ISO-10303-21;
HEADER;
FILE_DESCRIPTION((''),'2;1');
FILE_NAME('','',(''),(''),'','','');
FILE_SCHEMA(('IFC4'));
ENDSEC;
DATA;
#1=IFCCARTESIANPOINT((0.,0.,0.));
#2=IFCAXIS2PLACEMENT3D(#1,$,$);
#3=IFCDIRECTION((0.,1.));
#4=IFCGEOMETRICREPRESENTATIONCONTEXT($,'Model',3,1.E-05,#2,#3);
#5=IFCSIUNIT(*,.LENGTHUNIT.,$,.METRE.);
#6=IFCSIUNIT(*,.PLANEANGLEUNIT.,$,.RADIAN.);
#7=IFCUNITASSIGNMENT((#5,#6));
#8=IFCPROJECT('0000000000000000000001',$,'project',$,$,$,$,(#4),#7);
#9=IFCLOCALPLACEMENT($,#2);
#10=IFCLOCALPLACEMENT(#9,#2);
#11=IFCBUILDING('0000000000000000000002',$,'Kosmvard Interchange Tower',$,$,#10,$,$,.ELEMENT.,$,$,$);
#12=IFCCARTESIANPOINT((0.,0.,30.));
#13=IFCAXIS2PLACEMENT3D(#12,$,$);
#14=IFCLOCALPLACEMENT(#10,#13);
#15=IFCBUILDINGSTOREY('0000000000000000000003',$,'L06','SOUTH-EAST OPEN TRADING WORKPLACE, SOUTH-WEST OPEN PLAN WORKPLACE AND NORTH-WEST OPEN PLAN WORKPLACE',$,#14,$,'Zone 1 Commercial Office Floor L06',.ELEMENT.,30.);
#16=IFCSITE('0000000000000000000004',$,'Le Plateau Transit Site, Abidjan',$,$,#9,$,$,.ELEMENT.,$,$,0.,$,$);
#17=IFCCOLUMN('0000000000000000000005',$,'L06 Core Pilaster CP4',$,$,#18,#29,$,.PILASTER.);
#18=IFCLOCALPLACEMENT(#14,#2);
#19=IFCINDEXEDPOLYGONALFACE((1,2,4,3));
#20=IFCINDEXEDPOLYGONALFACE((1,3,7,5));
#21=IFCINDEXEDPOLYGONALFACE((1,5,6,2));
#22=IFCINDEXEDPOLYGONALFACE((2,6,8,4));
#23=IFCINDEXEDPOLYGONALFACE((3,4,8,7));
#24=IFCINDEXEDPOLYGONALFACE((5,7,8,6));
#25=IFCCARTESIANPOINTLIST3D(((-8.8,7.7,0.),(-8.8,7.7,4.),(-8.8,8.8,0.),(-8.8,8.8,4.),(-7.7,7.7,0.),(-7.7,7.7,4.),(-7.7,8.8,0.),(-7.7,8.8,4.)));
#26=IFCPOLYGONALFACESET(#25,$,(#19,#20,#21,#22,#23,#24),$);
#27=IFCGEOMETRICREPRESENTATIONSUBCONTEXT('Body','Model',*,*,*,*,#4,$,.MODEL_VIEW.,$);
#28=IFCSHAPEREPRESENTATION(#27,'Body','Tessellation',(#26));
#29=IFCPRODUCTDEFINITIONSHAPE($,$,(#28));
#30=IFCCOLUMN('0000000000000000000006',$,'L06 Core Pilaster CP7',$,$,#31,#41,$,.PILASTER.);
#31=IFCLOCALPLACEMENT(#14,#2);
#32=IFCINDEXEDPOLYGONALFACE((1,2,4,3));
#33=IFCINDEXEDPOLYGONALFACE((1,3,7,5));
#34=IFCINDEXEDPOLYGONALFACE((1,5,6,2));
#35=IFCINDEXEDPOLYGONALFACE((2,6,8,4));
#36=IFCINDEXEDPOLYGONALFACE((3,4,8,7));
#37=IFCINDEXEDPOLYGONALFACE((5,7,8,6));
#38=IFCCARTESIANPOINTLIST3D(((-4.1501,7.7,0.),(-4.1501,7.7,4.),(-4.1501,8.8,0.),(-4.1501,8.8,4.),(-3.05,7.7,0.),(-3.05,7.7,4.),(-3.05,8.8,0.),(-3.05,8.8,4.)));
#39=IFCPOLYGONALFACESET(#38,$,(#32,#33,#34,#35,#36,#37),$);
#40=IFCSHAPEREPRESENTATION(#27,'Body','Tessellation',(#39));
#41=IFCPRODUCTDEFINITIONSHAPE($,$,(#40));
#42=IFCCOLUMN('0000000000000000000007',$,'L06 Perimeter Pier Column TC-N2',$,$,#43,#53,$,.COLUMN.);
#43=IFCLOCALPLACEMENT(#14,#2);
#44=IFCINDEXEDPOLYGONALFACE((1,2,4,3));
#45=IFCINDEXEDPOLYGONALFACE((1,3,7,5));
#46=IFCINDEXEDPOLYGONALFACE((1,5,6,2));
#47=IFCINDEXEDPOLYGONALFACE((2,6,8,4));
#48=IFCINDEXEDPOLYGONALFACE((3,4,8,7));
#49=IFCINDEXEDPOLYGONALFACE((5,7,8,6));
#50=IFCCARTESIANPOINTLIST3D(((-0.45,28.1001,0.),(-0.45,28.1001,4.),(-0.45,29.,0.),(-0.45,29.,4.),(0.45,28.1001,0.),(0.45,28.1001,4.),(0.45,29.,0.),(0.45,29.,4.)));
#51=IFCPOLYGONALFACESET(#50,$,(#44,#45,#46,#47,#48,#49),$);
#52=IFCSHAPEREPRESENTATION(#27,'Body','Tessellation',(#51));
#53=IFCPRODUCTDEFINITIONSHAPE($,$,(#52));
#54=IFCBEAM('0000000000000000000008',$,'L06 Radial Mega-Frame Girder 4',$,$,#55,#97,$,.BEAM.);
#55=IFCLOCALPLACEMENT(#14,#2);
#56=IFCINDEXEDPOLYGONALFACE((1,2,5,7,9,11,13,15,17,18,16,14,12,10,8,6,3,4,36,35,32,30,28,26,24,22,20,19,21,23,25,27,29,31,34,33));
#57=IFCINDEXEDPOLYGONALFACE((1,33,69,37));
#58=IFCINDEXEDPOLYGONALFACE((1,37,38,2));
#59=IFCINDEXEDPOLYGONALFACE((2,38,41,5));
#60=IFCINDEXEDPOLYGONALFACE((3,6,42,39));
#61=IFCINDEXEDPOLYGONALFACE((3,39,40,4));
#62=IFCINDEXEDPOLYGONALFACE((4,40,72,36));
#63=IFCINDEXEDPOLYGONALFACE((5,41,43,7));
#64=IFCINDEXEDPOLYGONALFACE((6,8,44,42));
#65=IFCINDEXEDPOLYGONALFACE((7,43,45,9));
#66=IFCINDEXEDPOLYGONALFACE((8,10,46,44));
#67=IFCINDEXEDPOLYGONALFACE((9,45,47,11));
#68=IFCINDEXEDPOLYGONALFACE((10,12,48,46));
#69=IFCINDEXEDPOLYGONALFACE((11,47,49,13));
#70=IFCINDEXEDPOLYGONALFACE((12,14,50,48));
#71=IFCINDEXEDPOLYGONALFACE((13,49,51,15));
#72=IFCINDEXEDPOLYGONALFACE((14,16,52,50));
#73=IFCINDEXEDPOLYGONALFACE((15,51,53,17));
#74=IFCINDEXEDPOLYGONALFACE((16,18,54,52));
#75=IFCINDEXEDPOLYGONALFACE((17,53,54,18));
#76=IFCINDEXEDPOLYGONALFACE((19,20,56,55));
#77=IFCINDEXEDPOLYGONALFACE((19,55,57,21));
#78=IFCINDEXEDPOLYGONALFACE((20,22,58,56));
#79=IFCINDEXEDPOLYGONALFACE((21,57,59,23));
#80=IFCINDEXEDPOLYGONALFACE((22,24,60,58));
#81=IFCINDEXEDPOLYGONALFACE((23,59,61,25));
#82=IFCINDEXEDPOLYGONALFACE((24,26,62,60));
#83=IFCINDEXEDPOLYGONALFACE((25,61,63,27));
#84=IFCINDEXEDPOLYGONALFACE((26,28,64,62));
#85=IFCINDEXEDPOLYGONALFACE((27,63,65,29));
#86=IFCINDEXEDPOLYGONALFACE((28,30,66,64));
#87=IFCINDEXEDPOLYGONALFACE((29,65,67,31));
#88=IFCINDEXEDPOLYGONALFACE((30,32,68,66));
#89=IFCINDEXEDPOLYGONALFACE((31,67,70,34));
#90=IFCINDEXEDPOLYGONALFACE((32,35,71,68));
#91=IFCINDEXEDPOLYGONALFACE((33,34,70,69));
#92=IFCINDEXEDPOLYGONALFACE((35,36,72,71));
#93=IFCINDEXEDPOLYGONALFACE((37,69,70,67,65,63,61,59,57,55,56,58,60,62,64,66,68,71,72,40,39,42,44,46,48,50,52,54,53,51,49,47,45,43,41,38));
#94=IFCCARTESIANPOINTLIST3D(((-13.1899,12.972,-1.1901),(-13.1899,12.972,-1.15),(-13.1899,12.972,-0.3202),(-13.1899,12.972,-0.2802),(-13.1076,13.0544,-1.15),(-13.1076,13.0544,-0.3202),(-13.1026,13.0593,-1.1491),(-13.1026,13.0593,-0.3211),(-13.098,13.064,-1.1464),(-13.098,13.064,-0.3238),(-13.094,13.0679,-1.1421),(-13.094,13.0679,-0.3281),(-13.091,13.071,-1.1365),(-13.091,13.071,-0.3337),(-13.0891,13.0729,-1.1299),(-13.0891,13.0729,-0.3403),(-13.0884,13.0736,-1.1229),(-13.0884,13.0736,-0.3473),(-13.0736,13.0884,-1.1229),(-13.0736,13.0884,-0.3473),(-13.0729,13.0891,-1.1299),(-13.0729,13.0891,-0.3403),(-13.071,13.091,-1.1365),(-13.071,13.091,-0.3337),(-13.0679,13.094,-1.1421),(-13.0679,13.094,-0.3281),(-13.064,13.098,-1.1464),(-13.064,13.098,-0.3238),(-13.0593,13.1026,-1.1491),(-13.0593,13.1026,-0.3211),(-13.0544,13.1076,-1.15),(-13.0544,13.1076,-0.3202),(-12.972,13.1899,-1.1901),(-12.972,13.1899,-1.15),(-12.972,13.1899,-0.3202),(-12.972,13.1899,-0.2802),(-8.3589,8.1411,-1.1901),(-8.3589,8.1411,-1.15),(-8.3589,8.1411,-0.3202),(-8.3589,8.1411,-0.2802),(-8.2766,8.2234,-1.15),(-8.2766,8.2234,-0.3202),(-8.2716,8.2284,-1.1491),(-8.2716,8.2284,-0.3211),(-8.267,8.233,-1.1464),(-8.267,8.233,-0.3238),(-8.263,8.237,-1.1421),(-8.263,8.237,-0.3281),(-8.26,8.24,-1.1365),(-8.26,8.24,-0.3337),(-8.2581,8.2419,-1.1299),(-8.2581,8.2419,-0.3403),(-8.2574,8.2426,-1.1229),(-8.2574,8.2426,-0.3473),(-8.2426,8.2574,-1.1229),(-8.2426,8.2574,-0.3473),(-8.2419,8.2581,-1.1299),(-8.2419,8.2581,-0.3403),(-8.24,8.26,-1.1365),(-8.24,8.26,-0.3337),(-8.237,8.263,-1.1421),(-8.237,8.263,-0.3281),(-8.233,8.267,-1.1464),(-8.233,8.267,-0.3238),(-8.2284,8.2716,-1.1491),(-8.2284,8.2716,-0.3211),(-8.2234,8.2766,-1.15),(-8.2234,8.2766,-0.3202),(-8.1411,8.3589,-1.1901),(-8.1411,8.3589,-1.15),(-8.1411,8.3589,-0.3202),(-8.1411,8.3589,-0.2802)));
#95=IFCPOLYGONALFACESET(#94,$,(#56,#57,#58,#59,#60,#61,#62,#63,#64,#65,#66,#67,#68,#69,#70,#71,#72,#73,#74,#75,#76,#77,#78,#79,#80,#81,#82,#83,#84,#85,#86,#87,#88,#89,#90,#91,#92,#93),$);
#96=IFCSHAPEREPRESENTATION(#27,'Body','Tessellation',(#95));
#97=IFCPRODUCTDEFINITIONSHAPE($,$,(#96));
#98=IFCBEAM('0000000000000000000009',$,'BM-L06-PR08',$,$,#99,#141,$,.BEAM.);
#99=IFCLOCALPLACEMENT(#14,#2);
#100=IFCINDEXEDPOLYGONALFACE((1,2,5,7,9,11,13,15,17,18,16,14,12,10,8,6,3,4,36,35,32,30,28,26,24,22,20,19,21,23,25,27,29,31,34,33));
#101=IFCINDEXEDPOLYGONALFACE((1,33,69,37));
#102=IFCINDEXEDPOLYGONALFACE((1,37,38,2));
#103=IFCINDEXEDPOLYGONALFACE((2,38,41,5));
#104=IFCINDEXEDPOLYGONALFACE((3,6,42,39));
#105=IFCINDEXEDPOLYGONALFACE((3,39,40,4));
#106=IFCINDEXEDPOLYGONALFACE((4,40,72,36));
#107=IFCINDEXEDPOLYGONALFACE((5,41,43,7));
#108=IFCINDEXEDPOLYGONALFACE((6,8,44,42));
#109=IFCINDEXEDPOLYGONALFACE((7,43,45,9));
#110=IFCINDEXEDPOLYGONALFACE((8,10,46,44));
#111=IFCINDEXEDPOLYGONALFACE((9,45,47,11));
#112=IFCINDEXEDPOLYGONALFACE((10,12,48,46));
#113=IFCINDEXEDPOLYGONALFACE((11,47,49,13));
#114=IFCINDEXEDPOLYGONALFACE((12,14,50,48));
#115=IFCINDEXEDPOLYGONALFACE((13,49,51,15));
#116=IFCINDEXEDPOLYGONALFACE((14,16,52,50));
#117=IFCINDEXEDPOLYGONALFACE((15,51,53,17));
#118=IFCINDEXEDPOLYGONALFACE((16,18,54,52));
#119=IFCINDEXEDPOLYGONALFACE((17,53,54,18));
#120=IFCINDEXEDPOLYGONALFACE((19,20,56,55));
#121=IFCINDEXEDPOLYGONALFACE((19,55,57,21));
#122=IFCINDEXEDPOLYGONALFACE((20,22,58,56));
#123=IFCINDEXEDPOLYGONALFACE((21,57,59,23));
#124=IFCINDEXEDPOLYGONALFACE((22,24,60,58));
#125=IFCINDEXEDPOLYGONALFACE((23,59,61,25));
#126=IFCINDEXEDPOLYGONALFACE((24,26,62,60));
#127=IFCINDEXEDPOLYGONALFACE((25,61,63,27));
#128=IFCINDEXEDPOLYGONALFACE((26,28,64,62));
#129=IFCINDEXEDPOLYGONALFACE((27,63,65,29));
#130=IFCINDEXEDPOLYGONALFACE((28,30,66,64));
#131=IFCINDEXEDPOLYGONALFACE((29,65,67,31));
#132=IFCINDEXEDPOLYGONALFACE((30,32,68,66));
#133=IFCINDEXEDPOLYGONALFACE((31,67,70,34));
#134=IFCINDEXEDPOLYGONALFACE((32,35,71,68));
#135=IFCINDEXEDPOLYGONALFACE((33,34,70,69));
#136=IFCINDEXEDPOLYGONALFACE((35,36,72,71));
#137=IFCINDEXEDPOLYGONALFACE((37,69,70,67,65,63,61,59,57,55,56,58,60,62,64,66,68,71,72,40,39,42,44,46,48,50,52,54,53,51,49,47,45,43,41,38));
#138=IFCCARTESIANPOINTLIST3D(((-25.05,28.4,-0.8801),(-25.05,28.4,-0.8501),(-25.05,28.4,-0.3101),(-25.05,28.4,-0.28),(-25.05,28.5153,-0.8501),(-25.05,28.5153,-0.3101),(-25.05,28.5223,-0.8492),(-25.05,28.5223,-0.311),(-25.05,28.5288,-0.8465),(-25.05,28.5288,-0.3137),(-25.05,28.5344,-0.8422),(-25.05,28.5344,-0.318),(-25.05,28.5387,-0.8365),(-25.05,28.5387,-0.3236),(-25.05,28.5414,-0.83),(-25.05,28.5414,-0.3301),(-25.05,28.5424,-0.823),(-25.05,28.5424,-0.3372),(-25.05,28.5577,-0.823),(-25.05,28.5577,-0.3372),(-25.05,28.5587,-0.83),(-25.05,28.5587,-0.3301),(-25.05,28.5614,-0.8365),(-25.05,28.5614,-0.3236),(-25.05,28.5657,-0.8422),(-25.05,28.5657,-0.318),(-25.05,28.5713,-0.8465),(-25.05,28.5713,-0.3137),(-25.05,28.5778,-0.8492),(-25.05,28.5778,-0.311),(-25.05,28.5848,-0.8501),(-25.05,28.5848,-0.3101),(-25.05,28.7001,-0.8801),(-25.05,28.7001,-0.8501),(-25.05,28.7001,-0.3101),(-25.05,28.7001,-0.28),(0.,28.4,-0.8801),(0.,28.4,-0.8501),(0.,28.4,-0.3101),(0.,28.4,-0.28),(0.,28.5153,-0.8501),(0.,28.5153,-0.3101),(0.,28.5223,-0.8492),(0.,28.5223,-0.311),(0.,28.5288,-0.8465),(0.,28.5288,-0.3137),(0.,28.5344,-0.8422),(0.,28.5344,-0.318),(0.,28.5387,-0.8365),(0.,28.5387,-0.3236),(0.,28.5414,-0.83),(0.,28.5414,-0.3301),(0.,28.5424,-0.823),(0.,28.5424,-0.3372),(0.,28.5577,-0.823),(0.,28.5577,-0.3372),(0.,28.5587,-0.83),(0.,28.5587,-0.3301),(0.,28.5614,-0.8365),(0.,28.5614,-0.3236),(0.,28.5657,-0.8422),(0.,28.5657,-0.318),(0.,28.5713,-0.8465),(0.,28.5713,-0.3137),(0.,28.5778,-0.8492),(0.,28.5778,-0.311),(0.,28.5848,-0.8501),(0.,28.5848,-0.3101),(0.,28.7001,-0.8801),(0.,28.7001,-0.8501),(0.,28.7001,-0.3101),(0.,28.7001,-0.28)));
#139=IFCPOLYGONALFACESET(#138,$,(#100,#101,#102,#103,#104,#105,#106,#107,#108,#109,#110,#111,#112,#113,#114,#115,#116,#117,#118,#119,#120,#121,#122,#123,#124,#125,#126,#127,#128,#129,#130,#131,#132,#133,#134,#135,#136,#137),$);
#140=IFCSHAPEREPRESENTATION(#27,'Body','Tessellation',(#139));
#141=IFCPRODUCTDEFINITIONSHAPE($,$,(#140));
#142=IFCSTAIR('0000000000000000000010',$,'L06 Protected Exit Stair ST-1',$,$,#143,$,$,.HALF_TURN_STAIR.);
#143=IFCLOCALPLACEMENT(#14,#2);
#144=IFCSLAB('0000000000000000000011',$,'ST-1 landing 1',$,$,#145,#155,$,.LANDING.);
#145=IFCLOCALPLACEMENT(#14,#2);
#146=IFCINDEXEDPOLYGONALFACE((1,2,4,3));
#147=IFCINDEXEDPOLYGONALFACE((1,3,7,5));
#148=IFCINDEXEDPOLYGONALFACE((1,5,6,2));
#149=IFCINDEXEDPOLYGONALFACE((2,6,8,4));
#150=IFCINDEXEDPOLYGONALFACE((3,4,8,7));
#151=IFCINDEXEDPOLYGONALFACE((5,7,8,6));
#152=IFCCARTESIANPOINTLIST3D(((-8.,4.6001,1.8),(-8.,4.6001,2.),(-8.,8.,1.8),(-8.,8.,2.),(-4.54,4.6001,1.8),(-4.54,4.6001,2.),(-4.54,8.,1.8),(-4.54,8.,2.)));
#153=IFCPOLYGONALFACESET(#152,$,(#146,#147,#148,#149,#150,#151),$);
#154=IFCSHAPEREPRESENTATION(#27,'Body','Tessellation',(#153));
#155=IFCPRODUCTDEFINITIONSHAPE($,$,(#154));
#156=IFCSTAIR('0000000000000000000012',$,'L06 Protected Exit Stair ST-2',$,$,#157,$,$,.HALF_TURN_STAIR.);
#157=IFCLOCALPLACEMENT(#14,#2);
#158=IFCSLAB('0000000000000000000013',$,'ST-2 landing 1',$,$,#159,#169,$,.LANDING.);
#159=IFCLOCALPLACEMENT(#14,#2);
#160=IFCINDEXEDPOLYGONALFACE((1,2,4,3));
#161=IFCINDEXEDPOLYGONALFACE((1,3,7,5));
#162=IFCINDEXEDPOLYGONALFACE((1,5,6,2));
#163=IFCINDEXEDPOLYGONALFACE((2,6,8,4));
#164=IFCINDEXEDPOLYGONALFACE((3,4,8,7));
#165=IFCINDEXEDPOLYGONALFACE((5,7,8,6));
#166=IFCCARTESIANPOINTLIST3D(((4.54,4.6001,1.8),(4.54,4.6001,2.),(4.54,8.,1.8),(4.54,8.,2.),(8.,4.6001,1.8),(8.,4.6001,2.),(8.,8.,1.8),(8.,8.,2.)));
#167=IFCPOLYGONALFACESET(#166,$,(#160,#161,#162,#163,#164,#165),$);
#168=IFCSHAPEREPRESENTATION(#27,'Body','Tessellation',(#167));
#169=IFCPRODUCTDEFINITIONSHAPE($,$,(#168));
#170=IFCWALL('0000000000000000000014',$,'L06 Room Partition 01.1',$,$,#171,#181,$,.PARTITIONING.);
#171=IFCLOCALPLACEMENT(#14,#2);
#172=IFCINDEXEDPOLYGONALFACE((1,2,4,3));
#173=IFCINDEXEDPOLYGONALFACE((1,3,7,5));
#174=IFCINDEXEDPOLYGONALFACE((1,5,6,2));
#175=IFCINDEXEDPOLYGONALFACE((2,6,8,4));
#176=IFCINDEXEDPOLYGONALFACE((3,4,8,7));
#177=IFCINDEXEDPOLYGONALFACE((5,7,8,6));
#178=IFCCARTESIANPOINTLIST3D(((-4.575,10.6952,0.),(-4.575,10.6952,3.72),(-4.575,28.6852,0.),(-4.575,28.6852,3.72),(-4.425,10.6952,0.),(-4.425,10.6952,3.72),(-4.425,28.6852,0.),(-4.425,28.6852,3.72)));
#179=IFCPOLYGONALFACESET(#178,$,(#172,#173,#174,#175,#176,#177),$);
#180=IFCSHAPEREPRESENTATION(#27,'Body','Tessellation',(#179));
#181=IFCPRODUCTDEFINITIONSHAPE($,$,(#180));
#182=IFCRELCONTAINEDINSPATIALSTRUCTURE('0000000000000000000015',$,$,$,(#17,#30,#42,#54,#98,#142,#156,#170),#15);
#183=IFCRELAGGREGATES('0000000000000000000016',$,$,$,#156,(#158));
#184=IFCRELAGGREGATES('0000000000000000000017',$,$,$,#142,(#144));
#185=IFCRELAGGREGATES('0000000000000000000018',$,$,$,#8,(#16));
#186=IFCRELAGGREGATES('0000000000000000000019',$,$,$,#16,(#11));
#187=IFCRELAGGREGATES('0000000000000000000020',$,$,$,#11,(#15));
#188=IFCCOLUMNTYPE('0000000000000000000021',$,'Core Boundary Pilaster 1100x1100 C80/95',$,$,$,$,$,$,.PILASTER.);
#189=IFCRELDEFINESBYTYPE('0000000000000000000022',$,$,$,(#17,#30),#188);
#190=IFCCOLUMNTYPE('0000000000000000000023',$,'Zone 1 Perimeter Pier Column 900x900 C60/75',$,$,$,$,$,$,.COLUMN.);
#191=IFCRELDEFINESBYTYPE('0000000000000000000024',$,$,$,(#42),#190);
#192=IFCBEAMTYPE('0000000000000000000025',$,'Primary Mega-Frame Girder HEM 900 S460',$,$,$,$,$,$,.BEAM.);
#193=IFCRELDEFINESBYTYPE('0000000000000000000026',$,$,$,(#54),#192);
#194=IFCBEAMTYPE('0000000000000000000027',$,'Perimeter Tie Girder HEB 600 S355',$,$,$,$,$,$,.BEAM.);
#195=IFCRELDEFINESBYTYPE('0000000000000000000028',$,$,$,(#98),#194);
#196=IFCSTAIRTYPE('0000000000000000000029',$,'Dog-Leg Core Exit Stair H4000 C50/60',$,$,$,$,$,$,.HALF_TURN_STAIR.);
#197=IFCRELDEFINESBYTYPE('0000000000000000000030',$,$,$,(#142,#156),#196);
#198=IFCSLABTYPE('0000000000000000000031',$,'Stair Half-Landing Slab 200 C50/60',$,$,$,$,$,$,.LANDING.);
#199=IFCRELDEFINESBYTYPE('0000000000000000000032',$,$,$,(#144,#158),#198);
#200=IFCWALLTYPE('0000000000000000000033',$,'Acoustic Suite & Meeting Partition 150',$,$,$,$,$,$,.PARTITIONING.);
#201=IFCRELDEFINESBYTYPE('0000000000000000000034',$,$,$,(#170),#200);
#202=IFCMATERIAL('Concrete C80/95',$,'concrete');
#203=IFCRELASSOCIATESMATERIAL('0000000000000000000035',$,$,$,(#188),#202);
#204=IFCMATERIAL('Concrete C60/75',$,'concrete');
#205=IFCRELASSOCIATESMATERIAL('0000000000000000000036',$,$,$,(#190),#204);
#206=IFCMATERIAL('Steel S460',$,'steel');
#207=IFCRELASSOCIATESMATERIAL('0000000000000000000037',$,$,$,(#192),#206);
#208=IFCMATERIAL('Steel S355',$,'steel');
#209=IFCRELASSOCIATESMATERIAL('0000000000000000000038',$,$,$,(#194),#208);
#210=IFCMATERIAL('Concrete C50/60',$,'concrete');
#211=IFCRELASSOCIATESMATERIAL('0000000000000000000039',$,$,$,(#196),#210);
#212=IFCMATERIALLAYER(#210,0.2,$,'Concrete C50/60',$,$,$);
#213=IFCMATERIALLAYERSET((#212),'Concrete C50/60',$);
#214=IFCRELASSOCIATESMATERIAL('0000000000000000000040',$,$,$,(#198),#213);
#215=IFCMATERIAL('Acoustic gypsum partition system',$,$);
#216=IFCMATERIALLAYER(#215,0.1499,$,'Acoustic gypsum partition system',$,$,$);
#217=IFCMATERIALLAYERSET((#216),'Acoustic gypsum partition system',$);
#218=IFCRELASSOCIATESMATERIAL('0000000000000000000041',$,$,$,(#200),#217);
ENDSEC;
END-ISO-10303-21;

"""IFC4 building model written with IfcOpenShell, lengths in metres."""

from ifc_helpers import new_model, si_unit, direction, frame, frame_2d, origin, origin_2d, place, context, subcontext, project, spatial, polyline, rectangle, i_section, outline, extrude, source, transform, mapped, material, layer, layer_set, material_profile, profile_set, type_object, element, aggregate, save


model = new_model("IFC4")

# Units and contexts
model_context = context("Model", 3, precision=1e-05, world=origin(), true_north=direction((0.0, 1.0)))
body_context = subcontext(model_context, "Body", "Model", "MODEL_VIEW")
ifc_project = project(units=[si_unit("LENGTHUNIT", "METRE"), si_unit("PLANEANGLEUNIT", "RADIAN")], contexts=[model_context])

# Site, building, storey
site_placement = place(None, origin())
site = spatial("IfcSite", under=ifc_project, at=site_placement, Name="Le Plateau Transit Site, Abidjan", CompositionType="ELEMENT", RefElevation=0.0)
building_placement = place(site_placement, origin())
building = spatial("IfcBuilding", under=site, at=building_placement, Name="Kosmvard Interchange Tower", CompositionType="ELEMENT")
storey_placement = place(building_placement, frame((0.0, 0.0, 30.0)))
storey = spatial("IfcBuildingStorey", under=building, at=storey_placement, Name="L06", Description="SOUTH-EAST OPEN TRADING WORKPLACE, SOUTH-WEST OPEN PLAN WORKPLACE AND NORTH-WEST OPEN PLAN WORKPLACE", LongName="Zone 1 Commercial Office Floor L06", CompositionType="ELEMENT", Elevation=30.0)

# Columns
ifc_material_1 = material(Name="Concrete C80/95", Category="concrete")
ifc_material_profile_1 = material_profile(ifc_material_1, rectangle(XDim=1.1001, YDim=1.1001, at=origin_2d()), Name="CP 1100x1100")
ifc_profile_set_1 = profile_set([ifc_material_profile_1], Name="Concrete C80/95")
column_type_1 = type_object("IfcColumnType", Name="Core Boundary Pilaster 1100x1100 C80/95", PredefinedType="PILASTER", material=ifc_profile_set_1)
shared_shape_1 = source(origin(), body_context, "Body", "SweptSolid", [
    extrude(rectangle(XDim=1.1001, YDim=1.1001, at=origin_2d()), origin(), (0.0, 0.0, 1.0), 4.0),
])
for number, where, z_axis, x_axis, name in (
    (1, (-8.25, 8.25, 0.0), (0.0, 0.0, 1.0), (1.0, 0.0, 0.0), "L06 Core Pilaster CP4"),
    (2, (-3.6001, 8.25, 0.0), (0.0, 0.0, 1.0), (1.0, 0.0, 0.0), "L06 Core Pilaster CP7"),
):
    element("IfcColumn", number, at=place(storey_placement, frame(where, z_axis=z_axis, x_axis=x_axis)), inside=storey, type_object=column_type_1, Name=name, PredefinedType="PILASTER", context=body_context, shape_type="MappedRepresentation", body=[
        mapped(shared_shape_1, transform((0.0, 0.0, 0.0), scale=1.0)),
    ])
ifc_material_2 = material(Name="Concrete C60/75", Category="concrete")
ifc_material_profile_2 = material_profile(ifc_material_2, rectangle(XDim=0.8999, YDim=0.8999, at=origin_2d()), Name="TC 900x900")
ifc_profile_set_2 = profile_set([ifc_material_profile_2], Name="Concrete C60/75")
column_type_2 = type_object("IfcColumnType", Name="Zone 1 Perimeter Pier Column 900x900 C60/75", PredefinedType="COLUMN", material=ifc_profile_set_2)
shared_shape_2 = source(origin(), body_context, "Body", "SweptSolid", [
    extrude(rectangle(XDim=0.8999, YDim=0.8999, at=origin_2d()), origin(), (0.0, 0.0, 1.0), 4.0),
])
column_placement = place(storey_placement, frame((0.0, 28.55, 0.0), z_axis=(0.0, 0.0, 1.0), x_axis=(1.0, 0.0, 0.0)))
element("IfcColumn", 3, at=column_placement, inside=storey, type_object=column_type_2, Name="L06 Perimeter Pier Column TC-N2", PredefinedType="COLUMN", context=body_context, shape_type="MappedRepresentation", body=[
    mapped(shared_shape_2, transform((0.0, 0.0, 0.0), scale=1.0)),
])

# Beams
ifc_material_3 = material(Name="Steel S460", Category="steel")
ifc_material_profile_3 = material_profile(ifc_material_3, i_section(OverallWidth=0.3081, OverallDepth=0.9099, WebThickness=0.021, FlangeThickness=0.04, FilletRadius=0.0271, at=origin_2d()), Name="HEM 900")
ifc_profile_set_3 = profile_set([ifc_material_profile_3], Name="Steel S460")
beam_type_1 = type_object("IfcBeamType", Name="Primary Mega-Frame Girder HEM 900 S460", PredefinedType="BEAM", material=ifc_profile_set_3)
shared_shape_3 = source(origin(), body_context, "Body", "SweptSolid", [
    extrude(i_section(OverallWidth=0.3081, OverallDepth=0.9099, WebThickness=0.021, FlangeThickness=0.04, FilletRadius=0.0271, at=origin_2d()), origin(), (0.0, 0.0, 1.0), 6.832),
])
beam_1_placement = place(storey_placement, frame((-8.25, 8.25, -0.7351), z_axis=(-0.707107, 0.707107, 0.0), x_axis=(-0.707107, -0.707107, 0.0)))
element("IfcBeam", 4, at=beam_1_placement, inside=storey, type_object=beam_type_1, Name="L06 Radial Mega-Frame Girder 4", PredefinedType="BEAM", context=body_context, shape_type="MappedRepresentation", body=[
    mapped(shared_shape_3, transform((0.0, 0.0, 0.0), scale=1.0)),
])
ifc_material_4 = material(Name="Steel S355", Category="steel")
ifc_material_profile_4 = material_profile(ifc_material_4, i_section(OverallWidth=0.3, OverallDepth=0.6001, WebThickness=0.0154, FlangeThickness=0.03, FilletRadius=0.0271, at=origin_2d()), Name="HEB 600")
ifc_profile_set_4 = profile_set([ifc_material_profile_4], Name="Steel S355")
beam_type_2 = type_object("IfcBeamType", Name="Perimeter Tie Girder HEB 600 S355", PredefinedType="BEAM", material=ifc_profile_set_4)
shared_shape_4 = source(origin(), body_context, "Body", "SweptSolid", [
    extrude(i_section(OverallWidth=0.3, OverallDepth=0.6001, WebThickness=0.0154, FlangeThickness=0.03, FilletRadius=0.0271, at=origin_2d()), origin(), (0.0, 0.0, 1.0), 25.05),
])
beam_2_placement = place(storey_placement, frame((0.0, 28.55, -0.5801), z_axis=(-1.0, 0.0, 0.0), x_axis=(0.0, -1.0, 0.0)))
element("IfcBeam", 5, at=beam_2_placement, inside=storey, type_object=beam_type_2, Name="BM-L06-PR08", PredefinedType="BEAM", context=body_context, shape_type="MappedRepresentation", body=[
    mapped(shared_shape_4, transform((0.0, 0.0, 0.0), scale=1.0)),
])

# Stairs, slabs
ifc_material_5 = material(Name="Concrete C50/60", Category="concrete")
stair_type = type_object("IfcStairType", Name="Dog-Leg Core Exit Stair H4000 C50/60", PredefinedType="HALF_TURN_STAIR", material=ifc_material_5)
stair_1_placement = place(storey_placement, origin())
stair_1 = element("IfcStair", 6, at=stair_1_placement, inside=storey, type_object=stair_type, Name="L06 Protected Exit Stair ST-1", PredefinedType="HALF_TURN_STAIR")
ifc_layer_1 = layer(ifc_material_5, 0.2, Name="Concrete C50/60")
ifc_layer_set_1 = layer_set([ifc_layer_1], Name="Concrete C50/60")
slab_type = type_object("IfcSlabType", Name="Stair Half-Landing Slab 200 C50/60", PredefinedType="LANDING", material=ifc_layer_set_1)
slab_1_placement = place(storey_placement, frame((0.0, 0.0, 1.8)))
slab_1 = element("IfcSlab", 7, at=slab_1_placement, type_object=slab_type, Name="ST-1 landing 1", PredefinedType="LANDING", context=body_context, shape_type="SweptSolid", body=[
    extrude(outline(polyline([(-4.54, 4.6001), (-4.54, 8.0), (-8.0, 8.0), (-8.0, 4.6001), (-4.54, 4.6001)])), origin(), (0.0, 0.0, 1.0), 0.2),
])
stair_2_placement = place(storey_placement, origin())
stair_2 = element("IfcStair", 8, at=stair_2_placement, inside=storey, type_object=stair_type, Name="L06 Protected Exit Stair ST-2", PredefinedType="HALF_TURN_STAIR")
slab_2_placement = place(storey_placement, frame((0.0, 0.0, 1.8)))
slab_2 = element("IfcSlab", 9, at=slab_2_placement, type_object=slab_type, Name="ST-2 landing 1", PredefinedType="LANDING", context=body_context, shape_type="SweptSolid", body=[
    extrude(outline(polyline([(8.0, 4.6001), (8.0, 8.0), (4.54, 8.0), (4.54, 4.6001), (8.0, 4.6001)])), origin(), (0.0, 0.0, 1.0), 0.2),
])
aggregate(stair_2, [slab_2])

# Wall
ifc_material_6 = material(Name="Acoustic gypsum partition system")
ifc_layer_2 = layer(ifc_material_6, 0.1499, Name="Acoustic gypsum partition system")
ifc_layer_set_2 = layer_set([ifc_layer_2], Name="Acoustic gypsum partition system")
wall_type_1 = type_object("IfcWallType", Name="Acoustic Suite & Meeting Partition 150", PredefinedType="PARTITIONING", material=ifc_layer_set_2)
wall_1_placement = place(storey_placement, frame((-4.5, 10.6951, 0.0), z_axis=(0.0, 0.0, 1.0), x_axis=(0.0, 1.0, 0.0)))
element("IfcWall", 10, at=wall_1_placement, inside=storey, type_object=wall_type_1, Name="L06 Room Partition 01.1", PredefinedType="PARTITIONING", context=body_context, shape_type="SweptSolid", body=[
    extrude(rectangle(XDim=17.99, YDim=0.1499, at=frame_2d((8.9951, 0.0))), origin(), (0.0, 0.0, 1.0), 3.72),
])

aggregate(stair_1, [slab_1])

save(model, "model.ifc")
